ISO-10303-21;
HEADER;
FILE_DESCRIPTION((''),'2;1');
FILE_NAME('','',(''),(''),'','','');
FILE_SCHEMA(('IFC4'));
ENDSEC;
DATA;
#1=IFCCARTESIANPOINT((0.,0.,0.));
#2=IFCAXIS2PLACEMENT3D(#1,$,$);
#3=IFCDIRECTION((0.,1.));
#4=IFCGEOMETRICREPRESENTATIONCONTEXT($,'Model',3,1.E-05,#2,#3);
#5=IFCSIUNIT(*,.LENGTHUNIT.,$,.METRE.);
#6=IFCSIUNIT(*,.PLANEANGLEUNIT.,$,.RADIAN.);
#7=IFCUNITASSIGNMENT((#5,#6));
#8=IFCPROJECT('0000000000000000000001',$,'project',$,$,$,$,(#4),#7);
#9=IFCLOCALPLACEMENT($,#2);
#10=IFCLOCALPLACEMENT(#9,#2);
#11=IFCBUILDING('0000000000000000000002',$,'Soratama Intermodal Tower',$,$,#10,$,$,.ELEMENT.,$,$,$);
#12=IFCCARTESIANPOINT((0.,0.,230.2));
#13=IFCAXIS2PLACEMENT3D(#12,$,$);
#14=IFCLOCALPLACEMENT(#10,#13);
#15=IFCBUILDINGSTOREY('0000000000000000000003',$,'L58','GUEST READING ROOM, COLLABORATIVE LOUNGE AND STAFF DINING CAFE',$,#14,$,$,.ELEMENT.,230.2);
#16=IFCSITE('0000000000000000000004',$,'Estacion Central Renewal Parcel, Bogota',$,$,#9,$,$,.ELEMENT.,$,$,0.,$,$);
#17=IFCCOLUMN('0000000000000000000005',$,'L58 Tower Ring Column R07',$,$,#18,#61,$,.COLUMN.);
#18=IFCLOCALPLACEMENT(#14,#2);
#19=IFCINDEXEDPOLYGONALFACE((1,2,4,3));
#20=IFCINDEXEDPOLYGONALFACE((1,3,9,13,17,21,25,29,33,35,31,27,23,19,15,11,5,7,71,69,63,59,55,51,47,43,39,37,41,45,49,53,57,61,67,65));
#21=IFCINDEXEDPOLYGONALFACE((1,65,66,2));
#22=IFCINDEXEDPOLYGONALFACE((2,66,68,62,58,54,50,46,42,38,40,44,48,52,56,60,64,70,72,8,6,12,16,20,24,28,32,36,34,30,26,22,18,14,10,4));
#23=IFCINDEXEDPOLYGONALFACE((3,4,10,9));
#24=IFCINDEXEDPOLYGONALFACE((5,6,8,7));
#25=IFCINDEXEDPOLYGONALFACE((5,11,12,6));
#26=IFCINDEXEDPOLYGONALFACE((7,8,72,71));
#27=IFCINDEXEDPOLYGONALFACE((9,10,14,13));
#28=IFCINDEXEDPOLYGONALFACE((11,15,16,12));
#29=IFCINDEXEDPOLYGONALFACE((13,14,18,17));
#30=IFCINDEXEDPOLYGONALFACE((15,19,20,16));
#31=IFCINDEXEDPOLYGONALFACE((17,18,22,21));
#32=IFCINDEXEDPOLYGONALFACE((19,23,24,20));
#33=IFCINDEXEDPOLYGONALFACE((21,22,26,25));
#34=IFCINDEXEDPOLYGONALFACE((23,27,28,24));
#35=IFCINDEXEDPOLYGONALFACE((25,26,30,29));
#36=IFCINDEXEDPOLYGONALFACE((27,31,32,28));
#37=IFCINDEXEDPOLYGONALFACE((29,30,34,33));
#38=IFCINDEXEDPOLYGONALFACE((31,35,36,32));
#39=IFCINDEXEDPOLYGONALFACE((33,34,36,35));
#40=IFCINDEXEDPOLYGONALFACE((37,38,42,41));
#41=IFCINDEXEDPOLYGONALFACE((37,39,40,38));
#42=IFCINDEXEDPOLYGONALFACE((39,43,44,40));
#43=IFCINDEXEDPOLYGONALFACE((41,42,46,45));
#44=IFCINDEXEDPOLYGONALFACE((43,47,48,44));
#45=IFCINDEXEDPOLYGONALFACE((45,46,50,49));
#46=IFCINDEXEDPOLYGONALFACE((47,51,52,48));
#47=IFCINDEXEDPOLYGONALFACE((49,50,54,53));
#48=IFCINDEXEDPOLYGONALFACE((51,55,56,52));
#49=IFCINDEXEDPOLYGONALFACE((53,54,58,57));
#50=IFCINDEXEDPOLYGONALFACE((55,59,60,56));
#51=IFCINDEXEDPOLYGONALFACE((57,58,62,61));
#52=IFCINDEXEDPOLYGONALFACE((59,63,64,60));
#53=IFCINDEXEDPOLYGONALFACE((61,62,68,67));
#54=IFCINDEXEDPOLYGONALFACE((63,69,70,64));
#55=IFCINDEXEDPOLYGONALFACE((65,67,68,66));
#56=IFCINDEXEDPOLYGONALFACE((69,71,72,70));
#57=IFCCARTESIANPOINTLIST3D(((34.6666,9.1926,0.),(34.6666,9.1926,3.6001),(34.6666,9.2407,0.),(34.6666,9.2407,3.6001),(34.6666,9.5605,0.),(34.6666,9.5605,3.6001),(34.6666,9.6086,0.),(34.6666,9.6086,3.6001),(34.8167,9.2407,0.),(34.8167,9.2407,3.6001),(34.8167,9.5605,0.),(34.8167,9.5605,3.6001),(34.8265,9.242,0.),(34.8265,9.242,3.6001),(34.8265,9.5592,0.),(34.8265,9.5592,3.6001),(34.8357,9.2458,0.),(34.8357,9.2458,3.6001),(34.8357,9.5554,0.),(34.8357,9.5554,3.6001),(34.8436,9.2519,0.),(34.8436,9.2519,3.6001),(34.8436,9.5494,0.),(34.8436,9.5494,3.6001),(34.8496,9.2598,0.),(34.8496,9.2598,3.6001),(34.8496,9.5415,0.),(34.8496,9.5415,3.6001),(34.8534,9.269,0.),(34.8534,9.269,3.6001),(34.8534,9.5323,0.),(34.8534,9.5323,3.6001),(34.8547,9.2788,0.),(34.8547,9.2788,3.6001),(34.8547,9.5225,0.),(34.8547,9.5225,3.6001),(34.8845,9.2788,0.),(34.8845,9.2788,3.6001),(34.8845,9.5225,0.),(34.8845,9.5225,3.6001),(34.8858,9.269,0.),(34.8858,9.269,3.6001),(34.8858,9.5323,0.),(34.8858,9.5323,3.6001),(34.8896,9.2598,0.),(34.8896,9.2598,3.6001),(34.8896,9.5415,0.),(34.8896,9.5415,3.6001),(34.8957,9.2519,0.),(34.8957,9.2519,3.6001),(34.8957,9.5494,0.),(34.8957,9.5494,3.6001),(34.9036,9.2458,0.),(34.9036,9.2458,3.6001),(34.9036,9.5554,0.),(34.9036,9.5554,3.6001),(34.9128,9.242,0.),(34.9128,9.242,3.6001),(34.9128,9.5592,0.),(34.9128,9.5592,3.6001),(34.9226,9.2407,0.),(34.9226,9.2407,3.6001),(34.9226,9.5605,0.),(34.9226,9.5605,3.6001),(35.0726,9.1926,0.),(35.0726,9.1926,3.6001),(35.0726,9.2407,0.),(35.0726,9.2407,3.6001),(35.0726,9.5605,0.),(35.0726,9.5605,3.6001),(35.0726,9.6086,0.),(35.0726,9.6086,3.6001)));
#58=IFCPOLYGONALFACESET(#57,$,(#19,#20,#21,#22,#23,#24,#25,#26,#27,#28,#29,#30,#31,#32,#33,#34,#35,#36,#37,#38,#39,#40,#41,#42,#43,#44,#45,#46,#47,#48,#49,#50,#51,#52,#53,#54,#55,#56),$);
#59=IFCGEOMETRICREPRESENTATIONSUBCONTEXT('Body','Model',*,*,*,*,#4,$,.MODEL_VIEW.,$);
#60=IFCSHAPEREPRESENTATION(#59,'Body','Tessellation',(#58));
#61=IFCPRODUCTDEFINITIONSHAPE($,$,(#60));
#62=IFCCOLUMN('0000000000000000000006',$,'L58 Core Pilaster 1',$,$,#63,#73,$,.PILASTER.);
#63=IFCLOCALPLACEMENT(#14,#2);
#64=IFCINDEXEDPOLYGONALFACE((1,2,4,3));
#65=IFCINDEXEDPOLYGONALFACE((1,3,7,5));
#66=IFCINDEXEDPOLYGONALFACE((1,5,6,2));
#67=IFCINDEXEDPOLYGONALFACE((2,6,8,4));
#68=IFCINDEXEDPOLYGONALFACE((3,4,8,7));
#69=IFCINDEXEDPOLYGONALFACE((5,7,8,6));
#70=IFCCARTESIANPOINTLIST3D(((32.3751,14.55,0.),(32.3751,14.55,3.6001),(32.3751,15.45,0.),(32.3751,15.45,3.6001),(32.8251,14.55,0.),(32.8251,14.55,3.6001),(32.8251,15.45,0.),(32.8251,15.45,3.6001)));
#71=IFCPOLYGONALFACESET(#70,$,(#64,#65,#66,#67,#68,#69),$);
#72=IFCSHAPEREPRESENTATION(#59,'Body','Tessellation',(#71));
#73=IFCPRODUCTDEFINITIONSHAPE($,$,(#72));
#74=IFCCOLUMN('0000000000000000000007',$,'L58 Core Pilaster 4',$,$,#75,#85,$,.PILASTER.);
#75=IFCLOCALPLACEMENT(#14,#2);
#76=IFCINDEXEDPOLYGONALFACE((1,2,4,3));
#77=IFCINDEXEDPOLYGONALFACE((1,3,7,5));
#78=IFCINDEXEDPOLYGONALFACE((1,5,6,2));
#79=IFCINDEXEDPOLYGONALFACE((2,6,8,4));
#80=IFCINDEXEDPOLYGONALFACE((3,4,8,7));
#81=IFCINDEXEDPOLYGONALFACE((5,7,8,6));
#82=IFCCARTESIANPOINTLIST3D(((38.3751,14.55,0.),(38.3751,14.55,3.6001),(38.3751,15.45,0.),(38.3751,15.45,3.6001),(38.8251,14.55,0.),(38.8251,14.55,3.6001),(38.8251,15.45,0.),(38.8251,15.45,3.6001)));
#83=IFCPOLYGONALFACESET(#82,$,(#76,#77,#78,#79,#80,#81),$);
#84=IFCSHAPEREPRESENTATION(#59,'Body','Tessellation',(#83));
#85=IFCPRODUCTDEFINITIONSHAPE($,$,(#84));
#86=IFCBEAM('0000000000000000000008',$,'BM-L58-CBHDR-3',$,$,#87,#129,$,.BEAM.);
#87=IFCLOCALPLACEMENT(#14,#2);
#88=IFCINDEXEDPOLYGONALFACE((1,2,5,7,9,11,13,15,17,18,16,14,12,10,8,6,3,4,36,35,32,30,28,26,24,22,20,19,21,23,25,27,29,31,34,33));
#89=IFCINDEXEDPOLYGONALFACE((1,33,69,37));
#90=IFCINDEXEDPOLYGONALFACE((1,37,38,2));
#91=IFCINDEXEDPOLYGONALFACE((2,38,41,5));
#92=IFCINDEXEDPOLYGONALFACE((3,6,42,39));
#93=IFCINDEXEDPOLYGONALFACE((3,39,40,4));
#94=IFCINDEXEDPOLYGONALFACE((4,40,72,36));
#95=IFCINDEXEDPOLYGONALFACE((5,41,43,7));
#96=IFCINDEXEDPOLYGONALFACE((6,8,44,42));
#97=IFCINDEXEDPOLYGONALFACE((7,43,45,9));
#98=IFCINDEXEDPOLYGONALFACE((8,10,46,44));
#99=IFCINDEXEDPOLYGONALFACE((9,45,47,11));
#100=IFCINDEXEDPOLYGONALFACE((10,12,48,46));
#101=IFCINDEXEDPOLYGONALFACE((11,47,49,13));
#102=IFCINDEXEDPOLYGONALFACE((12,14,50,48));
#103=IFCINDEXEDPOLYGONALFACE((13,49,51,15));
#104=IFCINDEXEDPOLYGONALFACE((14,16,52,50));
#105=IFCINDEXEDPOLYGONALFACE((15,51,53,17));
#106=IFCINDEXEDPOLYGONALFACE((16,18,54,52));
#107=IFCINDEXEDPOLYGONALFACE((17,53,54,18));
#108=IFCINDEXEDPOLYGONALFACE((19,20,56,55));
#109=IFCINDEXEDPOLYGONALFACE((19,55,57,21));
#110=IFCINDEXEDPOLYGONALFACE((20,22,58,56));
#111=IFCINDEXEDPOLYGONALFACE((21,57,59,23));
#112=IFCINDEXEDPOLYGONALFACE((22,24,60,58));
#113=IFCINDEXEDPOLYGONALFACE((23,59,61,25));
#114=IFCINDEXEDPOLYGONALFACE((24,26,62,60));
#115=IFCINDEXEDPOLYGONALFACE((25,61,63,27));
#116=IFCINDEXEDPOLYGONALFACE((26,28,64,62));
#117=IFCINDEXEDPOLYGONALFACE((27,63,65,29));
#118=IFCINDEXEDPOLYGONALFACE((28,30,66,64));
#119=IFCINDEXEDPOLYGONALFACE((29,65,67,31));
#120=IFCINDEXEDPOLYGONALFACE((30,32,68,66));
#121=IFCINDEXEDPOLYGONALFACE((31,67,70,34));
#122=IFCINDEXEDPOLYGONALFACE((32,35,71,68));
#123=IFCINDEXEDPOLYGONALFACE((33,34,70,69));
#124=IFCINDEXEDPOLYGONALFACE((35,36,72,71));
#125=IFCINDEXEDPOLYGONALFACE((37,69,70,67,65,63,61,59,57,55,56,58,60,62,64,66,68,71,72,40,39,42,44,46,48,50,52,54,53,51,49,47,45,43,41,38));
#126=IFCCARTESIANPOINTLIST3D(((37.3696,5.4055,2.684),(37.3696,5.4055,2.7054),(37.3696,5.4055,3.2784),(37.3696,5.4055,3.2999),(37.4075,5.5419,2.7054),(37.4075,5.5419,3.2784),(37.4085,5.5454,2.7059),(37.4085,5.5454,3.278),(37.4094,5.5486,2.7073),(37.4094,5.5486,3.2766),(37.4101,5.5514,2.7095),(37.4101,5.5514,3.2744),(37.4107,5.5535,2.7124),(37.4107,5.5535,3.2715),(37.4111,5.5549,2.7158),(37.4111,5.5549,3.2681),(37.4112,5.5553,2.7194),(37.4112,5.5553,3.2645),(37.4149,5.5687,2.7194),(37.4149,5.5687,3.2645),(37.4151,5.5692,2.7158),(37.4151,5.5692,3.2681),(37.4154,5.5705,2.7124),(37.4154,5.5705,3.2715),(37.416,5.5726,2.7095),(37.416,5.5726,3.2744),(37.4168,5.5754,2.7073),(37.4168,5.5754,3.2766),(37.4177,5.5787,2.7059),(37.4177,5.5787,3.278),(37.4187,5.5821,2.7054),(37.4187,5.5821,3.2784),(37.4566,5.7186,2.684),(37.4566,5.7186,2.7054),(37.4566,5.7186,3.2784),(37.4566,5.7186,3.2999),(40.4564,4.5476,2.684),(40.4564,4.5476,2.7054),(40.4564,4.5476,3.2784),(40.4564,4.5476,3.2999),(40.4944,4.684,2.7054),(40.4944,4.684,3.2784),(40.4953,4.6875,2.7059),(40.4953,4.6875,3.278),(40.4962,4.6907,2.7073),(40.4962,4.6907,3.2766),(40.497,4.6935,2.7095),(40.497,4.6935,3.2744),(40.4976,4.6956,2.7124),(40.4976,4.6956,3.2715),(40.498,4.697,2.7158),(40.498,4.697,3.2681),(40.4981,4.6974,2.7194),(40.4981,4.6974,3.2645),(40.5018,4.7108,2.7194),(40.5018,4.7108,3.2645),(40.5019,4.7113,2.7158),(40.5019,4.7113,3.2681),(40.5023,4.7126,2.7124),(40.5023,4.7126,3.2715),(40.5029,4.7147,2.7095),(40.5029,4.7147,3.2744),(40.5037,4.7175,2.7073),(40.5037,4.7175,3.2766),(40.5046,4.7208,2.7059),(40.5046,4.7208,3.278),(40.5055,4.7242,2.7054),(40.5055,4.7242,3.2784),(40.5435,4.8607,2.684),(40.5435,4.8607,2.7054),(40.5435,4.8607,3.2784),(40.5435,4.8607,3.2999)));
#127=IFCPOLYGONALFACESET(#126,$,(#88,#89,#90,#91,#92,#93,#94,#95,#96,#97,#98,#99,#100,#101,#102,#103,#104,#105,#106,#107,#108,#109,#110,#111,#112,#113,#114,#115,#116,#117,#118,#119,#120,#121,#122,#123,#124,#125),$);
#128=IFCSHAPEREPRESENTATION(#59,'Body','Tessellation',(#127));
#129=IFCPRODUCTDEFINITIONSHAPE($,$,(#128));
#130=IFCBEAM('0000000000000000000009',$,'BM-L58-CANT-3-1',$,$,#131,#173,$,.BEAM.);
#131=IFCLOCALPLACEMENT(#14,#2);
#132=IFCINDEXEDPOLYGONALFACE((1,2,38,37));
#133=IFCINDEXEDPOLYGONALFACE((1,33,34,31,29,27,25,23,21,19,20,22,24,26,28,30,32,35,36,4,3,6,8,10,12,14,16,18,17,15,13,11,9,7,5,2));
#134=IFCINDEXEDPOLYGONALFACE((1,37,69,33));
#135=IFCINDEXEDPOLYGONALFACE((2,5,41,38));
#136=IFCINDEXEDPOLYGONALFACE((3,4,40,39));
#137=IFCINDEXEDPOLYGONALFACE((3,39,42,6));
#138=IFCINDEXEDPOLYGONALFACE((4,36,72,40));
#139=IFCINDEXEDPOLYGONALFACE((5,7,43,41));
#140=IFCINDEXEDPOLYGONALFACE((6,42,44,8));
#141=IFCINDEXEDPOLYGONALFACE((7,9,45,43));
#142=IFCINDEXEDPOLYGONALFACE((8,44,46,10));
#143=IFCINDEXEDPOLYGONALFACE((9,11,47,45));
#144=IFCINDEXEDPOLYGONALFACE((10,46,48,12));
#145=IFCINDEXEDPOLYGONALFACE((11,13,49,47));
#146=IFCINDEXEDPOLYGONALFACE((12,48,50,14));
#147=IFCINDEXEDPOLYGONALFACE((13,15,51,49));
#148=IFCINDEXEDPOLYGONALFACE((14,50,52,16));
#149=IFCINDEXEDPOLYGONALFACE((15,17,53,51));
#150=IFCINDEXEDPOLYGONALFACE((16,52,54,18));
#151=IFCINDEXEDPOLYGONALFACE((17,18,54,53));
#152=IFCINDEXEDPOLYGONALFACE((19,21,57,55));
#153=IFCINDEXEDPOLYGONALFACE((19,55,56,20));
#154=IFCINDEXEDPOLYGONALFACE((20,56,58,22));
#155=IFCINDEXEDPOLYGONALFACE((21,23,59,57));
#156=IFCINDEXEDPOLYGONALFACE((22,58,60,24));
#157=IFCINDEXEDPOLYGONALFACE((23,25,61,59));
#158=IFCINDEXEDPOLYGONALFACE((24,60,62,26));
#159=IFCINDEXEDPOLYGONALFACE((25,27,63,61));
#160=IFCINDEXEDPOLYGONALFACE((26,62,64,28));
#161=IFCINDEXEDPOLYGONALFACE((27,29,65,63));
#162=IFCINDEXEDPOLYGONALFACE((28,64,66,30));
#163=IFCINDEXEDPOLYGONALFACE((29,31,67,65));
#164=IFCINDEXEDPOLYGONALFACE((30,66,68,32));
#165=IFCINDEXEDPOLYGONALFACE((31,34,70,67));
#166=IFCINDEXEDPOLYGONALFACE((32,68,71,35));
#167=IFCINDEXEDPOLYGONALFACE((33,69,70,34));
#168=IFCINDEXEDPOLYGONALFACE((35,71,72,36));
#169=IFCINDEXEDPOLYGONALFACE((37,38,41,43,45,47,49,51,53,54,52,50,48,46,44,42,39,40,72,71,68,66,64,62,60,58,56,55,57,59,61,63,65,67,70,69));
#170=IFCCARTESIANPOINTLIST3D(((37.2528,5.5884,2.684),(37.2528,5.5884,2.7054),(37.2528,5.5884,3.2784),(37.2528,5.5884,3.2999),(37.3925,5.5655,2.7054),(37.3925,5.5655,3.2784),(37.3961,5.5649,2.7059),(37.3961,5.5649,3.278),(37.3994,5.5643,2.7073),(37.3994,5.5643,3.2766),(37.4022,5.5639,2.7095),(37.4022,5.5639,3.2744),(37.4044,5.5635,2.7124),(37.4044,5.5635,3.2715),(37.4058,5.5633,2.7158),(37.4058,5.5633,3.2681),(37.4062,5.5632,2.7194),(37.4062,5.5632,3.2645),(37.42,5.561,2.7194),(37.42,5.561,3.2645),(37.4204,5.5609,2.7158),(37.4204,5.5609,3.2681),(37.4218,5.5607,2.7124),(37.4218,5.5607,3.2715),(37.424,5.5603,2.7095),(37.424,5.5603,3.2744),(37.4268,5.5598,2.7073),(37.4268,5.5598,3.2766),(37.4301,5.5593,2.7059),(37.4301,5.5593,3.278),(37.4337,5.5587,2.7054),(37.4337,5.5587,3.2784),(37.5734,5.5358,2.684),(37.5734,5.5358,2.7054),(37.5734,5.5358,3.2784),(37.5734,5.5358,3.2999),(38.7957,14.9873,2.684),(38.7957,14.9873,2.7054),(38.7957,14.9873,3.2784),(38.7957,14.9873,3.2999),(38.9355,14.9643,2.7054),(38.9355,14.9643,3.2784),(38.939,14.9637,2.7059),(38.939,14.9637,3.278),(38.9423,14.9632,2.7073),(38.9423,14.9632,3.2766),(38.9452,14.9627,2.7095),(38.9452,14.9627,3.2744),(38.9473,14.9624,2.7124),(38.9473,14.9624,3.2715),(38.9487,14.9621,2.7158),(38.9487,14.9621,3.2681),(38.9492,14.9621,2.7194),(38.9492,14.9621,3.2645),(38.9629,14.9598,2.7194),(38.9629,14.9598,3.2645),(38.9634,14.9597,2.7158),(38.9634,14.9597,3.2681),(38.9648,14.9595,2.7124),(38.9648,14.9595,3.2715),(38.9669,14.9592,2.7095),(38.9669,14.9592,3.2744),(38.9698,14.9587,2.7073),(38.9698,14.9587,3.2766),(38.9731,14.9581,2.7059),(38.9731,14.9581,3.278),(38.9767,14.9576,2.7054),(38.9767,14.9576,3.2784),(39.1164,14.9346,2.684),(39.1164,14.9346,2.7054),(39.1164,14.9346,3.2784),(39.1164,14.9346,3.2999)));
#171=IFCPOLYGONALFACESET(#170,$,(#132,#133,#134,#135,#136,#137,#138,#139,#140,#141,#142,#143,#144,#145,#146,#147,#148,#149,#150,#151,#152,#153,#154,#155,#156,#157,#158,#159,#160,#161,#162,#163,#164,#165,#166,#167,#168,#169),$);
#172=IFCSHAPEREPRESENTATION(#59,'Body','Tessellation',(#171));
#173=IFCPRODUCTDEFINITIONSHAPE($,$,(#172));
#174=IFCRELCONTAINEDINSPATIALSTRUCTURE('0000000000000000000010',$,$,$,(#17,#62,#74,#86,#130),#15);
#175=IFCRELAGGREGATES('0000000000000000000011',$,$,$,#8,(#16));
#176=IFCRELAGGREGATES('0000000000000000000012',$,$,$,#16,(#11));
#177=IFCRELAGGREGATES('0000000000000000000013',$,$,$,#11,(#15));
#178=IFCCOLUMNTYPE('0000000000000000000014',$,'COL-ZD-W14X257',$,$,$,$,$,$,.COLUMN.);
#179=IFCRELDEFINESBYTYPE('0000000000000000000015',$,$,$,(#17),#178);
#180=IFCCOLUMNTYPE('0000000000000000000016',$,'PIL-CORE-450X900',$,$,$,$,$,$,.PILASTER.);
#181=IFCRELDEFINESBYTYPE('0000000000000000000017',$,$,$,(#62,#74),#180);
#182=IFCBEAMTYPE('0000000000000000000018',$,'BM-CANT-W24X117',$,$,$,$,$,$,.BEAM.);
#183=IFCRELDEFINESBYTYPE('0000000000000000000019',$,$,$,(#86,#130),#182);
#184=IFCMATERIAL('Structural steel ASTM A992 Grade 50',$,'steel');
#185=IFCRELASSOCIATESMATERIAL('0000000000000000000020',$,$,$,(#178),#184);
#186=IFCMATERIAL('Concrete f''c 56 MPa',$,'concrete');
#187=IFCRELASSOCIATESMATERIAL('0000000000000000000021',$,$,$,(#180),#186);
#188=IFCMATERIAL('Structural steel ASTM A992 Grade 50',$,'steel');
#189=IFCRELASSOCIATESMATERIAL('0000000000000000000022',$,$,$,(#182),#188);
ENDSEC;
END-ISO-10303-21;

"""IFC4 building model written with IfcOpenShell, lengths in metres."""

from ifc_helpers import new_model, si_unit, direction, frame, origin, origin_2d, place, context, subcontext, project, spatial, rectangle, i_section, extrude, material, material_profile, profile_set, type_object, element, save


model = new_model("IFC4")

# Units and contexts
model_context = context("Model", 3, precision=1e-05, world=origin(), true_north=direction((0.0, 1.0)))
body_context = subcontext(model_context, "Body", "Model", "MODEL_VIEW")
ifc_project = project(units=[si_unit("LENGTHUNIT", "METRE"), si_unit("PLANEANGLEUNIT", "RADIAN")], contexts=[model_context])

# Site, building, storey
site_placement = place(None, origin())
site = spatial("IfcSite", under=ifc_project, at=site_placement, Name="Estacion Central Renewal Parcel, Bogota", CompositionType="ELEMENT", RefElevation=0.0)
building_placement = place(site_placement, origin())
building = spatial("IfcBuilding", under=site, at=building_placement, Name="Soratama Intermodal Tower", CompositionType="ELEMENT")
storey_placement = place(building_placement, frame((0.0, 0.0, 230.2)))
storey = spatial("IfcBuildingStorey", under=building, at=storey_placement, Name="L58", Description="GUEST READING ROOM, COLLABORATIVE LOUNGE AND STAFF DINING CAFE", CompositionType="ELEMENT", Elevation=230.2)

# Columns
ifc_material_1 = material(Name="Structural steel ASTM A992 Grade 50", Category="steel")
ifc_material_profile_1 = material_profile(ifc_material_1, i_section(OverallWidth=0.406, OverallDepth=0.416, WebThickness=0.0298, FlangeThickness=0.0481, FilletRadius=0.0381, at=origin_2d()), Name="W14X257")
ifc_profile_set_1 = profile_set([ifc_material_profile_1], Name="Structural steel ASTM A992 Grade 50")
column_type_1 = type_object("IfcColumnType", Name="COL-ZD-W14X257", PredefinedType="COLUMN", material=ifc_profile_set_1)
column_placement = place(storey_placement, frame((34.8696, 9.4006, 0.0), z_axis=(0.0, 0.0, 1.0), x_axis=(1.0, 0.0, 0.0)))
element("IfcColumn", 1, at=column_placement, inside=storey, type_object=column_type_1, Name="L58 Tower Ring Column R07", PredefinedType="COLUMN", context=body_context, shape_type="SweptSolid", body=[
    extrude(i_section(OverallWidth=0.406, OverallDepth=0.416, WebThickness=0.0298, FlangeThickness=0.0481, FilletRadius=0.0381, at=origin_2d()), origin(), (0.0, 0.0, 1.0), 3.6001),
])
ifc_material_2 = material(Name="Concrete f'c 56 MPa", Category="concrete")
ifc_material_profile_2 = material_profile(ifc_material_2, rectangle(XDim=0.45, YDim=0.8999, at=origin_2d()), Name="RC450X900")
ifc_profile_set_2 = profile_set([ifc_material_profile_2], Name="Concrete f'c 56 MPa")
column_type_2 = type_object("IfcColumnType", Name="PIL-CORE-450X900", PredefinedType="PILASTER", material=ifc_profile_set_2)
for number, where, z_axis, x_axis, name in (
    (2, (32.6001, 15.0, 0.0), (0.0, 0.0, 1.0), (1.0, 0.0, 0.0), "L58 Core Pilaster 1"),
    (3, (38.6001, 15.0, 0.0), (0.0, 0.0, 1.0), (1.0, 0.0, 0.0), "L58 Core Pilaster 4"),
):
    element("IfcColumn", number, at=place(storey_placement, frame(where, z_axis=z_axis, x_axis=x_axis)), inside=storey, type_object=column_type_2, Name=name, PredefinedType="PILASTER", context=body_context, shape_type="SweptSolid", body=[
        extrude(rectangle(XDim=0.45, YDim=0.8999, at=origin_2d()), origin(), (0.0, 0.0, 1.0), 3.6001),
    ])

# Beams
ifc_material_3 = material(Name="Structural steel ASTM A992 Grade 50", Category="steel")
ifc_material_profile_3 = material_profile(ifc_material_3, i_section(OverallWidth=0.325, OverallDepth=0.616, WebThickness=0.0139, FlangeThickness=0.0215, FilletRadius=0.0139, at=origin_2d()), Name="W24X117")
ifc_profile_set_3 = profile_set([ifc_material_profile_3], Name="Structural steel ASTM A992 Grade 50")
beam_type_1 = type_object("IfcBeamType", Name="BM-CANT-W24X117", PredefinedType="BEAM", material=ifc_profile_set_3)
beam_1_placement = place(storey_placement, frame((37.4131, 5.562, 2.9919), z_axis=(0.963483, -0.26777, 0.0), x_axis=(0.26777, 0.963483, 0.0)))
element("IfcBeam", 4, at=beam_1_placement, inside=storey, type_object=beam_type_1, Name="BM-L58-CBHDR-3", PredefinedType="BEAM", context=body_context, shape_type="SweptSolid", body=[
    extrude(i_section(OverallWidth=0.325, OverallDepth=0.616, WebThickness=0.0139, FlangeThickness=0.0215, FilletRadius=0.0139, at=origin_2d()), origin(), (0.0, 0.0, 1.0), 3.2039),
])
beam_2_placement = place(storey_placement, frame((38.9561, 14.9609, 2.9919), z_axis=(-0.161996, -0.986791, 0.0), x_axis=(0.986791, -0.161996, 0.0)))
element("IfcBeam", 5, at=beam_2_placement, inside=storey, type_object=beam_type_1, Name="BM-L58-CANT-3-1", PredefinedType="BEAM", context=body_context, shape_type="SweptSolid", body=[
    extrude(i_section(OverallWidth=0.325, OverallDepth=0.616, WebThickness=0.0139, FlangeThickness=0.0215, FilletRadius=0.0139, at=origin_2d()), origin(), (0.0, 0.0, 1.0), 9.5247),
])

save(model, "model.ifc")
